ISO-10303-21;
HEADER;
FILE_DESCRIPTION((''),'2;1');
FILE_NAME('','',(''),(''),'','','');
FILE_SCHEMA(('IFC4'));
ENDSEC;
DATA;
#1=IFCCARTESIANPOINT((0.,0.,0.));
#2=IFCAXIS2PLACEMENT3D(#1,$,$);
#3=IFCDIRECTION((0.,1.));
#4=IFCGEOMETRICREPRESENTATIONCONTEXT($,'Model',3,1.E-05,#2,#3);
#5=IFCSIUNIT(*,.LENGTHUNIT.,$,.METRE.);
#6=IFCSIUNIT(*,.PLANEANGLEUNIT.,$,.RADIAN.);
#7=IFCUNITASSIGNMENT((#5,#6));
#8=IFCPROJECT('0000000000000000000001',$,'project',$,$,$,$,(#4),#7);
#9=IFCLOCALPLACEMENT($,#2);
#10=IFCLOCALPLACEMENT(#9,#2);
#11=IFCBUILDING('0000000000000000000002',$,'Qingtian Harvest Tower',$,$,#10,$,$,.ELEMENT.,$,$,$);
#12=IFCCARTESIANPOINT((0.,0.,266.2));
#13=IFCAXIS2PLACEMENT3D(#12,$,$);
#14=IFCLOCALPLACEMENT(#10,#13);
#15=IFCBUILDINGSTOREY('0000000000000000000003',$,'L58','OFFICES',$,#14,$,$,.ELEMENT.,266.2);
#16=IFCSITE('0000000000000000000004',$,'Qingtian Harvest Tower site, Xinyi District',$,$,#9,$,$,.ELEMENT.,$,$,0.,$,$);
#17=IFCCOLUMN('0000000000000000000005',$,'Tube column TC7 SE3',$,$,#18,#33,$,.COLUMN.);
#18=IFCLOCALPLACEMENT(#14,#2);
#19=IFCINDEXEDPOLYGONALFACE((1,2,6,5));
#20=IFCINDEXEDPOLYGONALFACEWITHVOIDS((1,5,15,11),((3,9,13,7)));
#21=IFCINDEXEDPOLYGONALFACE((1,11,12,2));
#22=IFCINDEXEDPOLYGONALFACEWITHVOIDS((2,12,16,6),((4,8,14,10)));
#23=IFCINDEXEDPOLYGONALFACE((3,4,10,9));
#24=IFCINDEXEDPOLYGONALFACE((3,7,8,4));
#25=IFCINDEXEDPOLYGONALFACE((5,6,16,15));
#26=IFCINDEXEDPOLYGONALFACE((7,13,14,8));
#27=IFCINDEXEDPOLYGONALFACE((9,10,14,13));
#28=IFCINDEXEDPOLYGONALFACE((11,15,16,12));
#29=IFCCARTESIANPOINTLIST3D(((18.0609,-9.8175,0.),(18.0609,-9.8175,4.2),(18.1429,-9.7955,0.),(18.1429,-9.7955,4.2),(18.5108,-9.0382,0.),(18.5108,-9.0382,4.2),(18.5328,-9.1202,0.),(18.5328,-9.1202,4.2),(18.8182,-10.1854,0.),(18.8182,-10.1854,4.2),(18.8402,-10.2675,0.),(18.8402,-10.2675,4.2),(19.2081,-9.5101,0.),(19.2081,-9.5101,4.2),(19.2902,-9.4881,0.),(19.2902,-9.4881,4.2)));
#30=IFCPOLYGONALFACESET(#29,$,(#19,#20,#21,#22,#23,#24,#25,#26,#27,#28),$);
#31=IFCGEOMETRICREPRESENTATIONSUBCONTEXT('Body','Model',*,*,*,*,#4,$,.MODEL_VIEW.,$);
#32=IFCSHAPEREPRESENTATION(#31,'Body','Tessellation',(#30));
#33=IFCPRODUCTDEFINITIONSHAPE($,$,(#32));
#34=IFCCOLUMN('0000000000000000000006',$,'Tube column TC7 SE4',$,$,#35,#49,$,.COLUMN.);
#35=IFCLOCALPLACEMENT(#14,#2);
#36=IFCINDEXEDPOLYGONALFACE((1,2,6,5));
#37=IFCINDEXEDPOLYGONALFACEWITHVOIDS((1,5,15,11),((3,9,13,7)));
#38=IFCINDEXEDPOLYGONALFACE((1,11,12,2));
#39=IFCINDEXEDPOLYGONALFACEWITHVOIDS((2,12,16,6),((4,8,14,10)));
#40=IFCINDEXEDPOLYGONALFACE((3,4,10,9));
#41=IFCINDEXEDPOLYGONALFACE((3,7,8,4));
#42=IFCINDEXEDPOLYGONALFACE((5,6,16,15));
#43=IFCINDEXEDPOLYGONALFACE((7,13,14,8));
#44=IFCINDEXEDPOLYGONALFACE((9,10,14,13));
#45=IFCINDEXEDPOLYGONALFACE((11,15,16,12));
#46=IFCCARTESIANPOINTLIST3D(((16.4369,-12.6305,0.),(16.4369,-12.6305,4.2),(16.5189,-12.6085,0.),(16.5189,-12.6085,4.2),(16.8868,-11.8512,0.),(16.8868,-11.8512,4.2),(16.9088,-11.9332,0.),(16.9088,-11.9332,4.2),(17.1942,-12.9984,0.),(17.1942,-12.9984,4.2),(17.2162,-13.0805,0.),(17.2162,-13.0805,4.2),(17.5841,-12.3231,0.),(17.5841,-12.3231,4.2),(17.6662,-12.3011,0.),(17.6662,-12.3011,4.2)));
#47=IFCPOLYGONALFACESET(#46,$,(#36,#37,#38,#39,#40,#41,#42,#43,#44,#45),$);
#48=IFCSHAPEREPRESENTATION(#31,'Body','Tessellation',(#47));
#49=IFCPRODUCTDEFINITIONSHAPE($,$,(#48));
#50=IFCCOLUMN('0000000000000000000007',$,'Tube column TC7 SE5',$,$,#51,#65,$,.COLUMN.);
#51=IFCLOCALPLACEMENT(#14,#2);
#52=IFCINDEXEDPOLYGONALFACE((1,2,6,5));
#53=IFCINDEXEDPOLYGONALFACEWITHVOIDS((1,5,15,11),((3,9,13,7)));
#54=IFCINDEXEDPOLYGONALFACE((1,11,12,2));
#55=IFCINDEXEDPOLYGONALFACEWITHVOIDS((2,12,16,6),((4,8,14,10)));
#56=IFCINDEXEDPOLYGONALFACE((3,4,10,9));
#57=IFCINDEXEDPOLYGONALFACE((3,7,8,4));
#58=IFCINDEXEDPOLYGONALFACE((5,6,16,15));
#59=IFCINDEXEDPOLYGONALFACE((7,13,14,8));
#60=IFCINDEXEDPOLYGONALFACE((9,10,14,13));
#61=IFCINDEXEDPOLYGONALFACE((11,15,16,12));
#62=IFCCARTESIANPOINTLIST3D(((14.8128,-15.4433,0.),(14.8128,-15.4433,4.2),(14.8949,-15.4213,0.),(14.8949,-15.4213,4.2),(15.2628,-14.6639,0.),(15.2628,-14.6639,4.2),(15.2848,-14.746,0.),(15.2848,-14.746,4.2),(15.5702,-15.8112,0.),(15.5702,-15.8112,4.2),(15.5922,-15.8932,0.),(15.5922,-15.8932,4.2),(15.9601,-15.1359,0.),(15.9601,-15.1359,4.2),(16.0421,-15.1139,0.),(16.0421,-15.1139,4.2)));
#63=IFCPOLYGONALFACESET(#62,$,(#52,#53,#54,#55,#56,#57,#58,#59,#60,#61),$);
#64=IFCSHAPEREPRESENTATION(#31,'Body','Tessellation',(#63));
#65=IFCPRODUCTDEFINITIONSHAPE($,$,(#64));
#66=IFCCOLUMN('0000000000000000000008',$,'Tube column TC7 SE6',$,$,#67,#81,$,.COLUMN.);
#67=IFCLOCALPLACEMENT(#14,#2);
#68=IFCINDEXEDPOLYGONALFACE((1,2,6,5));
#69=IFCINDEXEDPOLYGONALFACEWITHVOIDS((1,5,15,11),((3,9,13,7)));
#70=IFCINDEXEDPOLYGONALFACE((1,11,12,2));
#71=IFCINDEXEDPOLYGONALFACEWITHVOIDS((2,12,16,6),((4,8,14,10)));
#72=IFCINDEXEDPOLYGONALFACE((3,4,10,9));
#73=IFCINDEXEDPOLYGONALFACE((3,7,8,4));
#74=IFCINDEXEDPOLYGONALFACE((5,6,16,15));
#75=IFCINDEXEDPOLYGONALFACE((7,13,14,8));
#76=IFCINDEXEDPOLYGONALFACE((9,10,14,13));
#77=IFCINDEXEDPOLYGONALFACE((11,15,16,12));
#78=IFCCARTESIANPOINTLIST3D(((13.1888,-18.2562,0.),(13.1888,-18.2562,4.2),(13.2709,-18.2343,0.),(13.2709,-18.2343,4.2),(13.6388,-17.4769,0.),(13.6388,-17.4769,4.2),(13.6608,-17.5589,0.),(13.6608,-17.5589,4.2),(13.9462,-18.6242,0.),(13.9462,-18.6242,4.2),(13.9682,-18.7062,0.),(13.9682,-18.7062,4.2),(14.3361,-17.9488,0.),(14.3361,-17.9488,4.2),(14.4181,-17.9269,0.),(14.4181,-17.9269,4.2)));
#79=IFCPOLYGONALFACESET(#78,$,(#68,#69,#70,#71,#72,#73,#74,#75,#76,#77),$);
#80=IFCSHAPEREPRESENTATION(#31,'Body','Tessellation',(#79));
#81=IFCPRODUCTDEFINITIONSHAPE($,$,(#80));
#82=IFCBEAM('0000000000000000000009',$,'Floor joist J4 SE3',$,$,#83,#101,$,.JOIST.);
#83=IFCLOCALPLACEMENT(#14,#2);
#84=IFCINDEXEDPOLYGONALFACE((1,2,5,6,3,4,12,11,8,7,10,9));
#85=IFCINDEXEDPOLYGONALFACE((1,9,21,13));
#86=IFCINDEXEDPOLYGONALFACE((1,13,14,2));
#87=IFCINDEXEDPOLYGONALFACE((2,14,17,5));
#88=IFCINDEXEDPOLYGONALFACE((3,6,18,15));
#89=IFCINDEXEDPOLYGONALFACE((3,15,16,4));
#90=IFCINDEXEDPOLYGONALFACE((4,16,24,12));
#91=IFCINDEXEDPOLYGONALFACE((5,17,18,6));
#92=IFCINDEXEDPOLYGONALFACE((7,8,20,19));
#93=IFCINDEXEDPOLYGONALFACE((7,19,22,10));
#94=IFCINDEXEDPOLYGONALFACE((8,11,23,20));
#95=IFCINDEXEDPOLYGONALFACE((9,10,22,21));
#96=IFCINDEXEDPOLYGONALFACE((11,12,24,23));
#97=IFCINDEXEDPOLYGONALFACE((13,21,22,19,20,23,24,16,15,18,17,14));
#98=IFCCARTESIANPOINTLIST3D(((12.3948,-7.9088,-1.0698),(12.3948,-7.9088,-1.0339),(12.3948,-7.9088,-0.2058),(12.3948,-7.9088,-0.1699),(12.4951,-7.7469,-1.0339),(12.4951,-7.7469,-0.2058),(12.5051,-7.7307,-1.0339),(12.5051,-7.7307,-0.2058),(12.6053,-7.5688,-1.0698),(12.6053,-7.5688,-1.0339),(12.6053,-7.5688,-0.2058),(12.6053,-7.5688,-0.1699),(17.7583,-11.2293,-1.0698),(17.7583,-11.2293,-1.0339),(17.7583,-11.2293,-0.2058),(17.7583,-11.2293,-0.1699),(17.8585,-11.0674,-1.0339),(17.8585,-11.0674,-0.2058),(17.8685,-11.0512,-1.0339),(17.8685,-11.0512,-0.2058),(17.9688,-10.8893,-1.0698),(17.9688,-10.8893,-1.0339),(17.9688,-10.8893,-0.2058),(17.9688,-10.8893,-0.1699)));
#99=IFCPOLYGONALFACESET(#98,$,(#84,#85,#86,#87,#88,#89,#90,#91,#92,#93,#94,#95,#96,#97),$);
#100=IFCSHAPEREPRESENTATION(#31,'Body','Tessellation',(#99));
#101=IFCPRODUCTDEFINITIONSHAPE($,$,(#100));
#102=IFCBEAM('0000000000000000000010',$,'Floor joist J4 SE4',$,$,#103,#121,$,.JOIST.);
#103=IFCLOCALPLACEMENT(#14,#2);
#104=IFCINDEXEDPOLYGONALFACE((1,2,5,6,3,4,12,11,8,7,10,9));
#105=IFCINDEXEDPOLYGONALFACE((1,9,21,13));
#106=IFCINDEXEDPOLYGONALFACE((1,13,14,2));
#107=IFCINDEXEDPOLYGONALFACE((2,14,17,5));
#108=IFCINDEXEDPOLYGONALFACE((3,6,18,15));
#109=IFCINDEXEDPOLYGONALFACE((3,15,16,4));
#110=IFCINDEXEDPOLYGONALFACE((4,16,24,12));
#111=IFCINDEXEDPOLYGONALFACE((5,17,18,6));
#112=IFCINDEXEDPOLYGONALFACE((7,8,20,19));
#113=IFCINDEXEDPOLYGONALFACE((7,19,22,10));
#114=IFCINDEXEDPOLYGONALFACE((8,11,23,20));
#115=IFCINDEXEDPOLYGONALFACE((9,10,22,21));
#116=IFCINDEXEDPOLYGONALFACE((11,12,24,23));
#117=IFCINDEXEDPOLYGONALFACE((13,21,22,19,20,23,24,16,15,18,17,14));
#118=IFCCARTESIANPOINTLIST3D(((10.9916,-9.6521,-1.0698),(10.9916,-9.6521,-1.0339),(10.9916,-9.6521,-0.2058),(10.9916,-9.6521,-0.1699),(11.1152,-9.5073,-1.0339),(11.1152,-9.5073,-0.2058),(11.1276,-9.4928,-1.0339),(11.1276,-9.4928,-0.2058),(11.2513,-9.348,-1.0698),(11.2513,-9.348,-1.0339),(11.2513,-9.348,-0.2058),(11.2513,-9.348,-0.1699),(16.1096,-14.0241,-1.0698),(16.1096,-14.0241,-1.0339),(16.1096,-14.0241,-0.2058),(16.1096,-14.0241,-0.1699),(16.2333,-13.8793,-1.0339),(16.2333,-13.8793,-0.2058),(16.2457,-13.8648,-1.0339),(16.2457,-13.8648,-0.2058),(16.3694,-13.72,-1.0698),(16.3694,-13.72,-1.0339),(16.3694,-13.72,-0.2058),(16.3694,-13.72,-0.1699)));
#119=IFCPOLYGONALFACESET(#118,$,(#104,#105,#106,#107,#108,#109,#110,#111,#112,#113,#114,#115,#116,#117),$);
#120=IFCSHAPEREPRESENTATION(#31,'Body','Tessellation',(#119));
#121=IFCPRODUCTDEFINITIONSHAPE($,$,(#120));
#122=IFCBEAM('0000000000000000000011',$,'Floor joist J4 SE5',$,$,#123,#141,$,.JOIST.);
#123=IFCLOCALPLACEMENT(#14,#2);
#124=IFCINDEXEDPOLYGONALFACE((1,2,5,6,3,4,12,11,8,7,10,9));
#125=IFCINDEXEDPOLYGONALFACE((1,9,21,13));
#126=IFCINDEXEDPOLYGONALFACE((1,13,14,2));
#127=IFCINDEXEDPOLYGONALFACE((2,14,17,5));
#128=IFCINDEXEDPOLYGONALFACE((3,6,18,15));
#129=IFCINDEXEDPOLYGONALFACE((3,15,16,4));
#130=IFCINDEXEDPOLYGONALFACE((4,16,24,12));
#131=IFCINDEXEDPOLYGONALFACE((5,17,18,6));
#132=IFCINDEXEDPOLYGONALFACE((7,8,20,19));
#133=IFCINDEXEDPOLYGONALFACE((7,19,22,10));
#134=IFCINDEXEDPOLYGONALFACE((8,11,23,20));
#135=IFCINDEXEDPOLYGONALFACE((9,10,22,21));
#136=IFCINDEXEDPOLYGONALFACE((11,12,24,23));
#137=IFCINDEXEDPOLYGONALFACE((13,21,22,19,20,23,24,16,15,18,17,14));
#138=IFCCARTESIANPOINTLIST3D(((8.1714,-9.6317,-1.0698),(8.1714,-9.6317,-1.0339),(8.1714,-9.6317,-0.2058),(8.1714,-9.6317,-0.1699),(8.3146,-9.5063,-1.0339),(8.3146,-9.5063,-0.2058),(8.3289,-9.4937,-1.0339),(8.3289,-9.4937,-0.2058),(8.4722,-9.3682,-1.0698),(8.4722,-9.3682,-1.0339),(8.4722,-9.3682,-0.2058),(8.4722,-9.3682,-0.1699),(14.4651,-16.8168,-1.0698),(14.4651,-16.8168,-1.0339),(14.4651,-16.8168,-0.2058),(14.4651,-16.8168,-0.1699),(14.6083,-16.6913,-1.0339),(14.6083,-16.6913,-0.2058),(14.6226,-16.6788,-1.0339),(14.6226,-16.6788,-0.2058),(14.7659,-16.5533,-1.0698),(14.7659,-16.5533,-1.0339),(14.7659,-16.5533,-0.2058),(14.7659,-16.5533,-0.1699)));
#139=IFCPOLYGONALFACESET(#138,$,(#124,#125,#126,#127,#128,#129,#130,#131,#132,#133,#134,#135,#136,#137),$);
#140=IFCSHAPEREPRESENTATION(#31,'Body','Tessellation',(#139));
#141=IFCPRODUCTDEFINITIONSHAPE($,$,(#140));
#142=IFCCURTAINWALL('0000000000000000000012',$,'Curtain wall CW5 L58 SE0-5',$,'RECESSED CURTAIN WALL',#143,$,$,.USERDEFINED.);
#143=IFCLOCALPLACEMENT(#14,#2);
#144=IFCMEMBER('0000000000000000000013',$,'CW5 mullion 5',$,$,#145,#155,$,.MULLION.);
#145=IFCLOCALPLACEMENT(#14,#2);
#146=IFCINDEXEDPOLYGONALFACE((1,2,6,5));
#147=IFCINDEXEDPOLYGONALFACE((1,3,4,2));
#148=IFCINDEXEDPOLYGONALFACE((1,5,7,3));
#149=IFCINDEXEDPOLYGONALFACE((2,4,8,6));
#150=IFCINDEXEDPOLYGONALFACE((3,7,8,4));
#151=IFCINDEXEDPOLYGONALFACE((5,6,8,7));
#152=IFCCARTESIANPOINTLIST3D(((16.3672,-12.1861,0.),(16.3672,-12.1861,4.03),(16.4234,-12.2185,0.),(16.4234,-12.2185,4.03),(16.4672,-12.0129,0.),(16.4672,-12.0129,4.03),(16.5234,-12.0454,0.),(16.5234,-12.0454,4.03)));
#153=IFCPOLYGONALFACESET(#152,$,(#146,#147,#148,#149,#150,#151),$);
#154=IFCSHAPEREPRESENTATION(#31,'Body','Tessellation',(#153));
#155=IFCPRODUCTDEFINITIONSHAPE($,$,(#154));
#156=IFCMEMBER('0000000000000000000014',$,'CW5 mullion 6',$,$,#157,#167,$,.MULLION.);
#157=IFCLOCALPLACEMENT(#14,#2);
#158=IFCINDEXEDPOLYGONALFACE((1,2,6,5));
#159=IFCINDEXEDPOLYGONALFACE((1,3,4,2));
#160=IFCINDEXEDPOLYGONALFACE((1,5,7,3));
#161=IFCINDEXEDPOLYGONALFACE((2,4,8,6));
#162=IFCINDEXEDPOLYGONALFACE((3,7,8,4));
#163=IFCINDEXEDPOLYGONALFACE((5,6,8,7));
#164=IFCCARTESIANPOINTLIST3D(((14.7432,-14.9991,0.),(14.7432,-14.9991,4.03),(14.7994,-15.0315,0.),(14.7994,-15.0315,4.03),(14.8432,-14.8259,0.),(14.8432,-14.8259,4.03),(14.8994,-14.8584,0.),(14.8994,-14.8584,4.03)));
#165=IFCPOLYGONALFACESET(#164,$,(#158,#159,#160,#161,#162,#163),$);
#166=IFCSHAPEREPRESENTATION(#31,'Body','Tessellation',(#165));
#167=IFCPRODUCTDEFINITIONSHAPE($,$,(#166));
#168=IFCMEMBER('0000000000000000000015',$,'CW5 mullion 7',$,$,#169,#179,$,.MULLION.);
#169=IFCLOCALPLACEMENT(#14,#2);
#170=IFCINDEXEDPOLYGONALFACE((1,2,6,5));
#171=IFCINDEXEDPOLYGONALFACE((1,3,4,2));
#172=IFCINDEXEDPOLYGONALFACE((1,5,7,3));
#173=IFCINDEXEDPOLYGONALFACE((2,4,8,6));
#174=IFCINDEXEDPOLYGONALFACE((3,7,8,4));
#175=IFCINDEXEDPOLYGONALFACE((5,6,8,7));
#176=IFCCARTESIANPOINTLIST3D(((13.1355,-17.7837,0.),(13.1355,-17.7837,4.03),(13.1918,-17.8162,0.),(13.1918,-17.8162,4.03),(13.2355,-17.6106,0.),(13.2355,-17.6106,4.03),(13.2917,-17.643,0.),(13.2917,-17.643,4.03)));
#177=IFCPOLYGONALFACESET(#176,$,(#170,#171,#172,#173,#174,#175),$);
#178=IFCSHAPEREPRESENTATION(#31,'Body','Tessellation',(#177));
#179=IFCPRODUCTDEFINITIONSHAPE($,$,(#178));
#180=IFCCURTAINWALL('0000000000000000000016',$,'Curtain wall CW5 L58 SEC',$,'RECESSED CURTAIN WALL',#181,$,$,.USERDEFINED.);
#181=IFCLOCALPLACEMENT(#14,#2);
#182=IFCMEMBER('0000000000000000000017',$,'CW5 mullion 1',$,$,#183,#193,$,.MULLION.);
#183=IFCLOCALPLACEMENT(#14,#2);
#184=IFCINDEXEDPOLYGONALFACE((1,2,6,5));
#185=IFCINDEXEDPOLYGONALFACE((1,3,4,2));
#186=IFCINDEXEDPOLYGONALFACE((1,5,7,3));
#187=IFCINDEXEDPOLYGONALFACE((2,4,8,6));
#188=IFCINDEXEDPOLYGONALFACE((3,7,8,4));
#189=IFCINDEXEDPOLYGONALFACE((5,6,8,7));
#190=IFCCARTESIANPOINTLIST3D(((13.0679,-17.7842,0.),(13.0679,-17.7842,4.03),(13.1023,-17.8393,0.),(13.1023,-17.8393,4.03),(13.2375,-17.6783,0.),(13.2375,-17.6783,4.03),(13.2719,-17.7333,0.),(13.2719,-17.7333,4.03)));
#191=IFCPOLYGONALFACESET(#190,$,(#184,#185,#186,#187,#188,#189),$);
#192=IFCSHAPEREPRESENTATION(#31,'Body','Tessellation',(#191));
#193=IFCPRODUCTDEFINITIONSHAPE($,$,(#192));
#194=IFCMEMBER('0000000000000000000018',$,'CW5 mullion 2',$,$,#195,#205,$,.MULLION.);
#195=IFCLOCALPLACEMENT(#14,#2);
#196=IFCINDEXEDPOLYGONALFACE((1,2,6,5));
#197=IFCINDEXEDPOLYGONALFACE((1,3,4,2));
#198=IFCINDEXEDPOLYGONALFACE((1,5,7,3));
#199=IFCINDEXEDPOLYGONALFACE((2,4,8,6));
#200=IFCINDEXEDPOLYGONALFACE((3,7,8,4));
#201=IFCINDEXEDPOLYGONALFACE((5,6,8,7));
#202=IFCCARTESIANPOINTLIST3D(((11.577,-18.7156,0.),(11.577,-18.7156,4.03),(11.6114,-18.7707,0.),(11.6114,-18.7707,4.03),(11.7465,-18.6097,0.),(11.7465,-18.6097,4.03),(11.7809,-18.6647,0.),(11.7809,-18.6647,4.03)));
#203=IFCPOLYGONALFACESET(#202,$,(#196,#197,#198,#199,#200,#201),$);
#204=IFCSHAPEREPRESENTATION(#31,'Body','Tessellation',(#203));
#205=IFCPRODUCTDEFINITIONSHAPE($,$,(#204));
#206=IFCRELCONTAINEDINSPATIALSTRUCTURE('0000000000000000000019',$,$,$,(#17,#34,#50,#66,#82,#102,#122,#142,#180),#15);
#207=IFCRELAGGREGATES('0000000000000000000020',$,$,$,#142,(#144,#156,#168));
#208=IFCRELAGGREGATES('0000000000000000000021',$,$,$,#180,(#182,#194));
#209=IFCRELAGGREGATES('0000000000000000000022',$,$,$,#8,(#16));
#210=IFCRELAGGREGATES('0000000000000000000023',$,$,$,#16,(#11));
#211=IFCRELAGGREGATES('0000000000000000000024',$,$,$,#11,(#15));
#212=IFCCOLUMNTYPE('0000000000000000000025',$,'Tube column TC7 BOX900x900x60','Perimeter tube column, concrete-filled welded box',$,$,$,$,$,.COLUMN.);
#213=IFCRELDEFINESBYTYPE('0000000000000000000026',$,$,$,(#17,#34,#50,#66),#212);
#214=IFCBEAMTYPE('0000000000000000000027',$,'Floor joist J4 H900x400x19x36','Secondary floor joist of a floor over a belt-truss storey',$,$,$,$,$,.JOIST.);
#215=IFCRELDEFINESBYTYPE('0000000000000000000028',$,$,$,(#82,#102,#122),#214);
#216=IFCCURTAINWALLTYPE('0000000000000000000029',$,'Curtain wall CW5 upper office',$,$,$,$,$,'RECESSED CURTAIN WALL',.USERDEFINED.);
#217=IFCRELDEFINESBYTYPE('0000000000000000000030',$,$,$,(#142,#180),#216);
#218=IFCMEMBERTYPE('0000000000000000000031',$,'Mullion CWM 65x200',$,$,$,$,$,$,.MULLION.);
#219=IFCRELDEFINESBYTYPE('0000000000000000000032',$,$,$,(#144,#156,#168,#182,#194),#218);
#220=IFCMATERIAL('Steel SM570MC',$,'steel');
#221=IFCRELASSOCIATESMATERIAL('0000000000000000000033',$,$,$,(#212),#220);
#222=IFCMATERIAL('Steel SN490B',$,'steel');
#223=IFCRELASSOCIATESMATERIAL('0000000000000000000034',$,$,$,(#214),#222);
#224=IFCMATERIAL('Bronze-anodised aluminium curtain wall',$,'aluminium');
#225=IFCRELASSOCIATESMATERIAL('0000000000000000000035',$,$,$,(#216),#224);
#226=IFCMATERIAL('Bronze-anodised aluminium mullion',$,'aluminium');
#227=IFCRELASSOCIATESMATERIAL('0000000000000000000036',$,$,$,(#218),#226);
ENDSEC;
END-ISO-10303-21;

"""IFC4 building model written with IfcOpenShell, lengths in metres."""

from ifc_helpers import new_model, si_unit, direction, frame, origin, origin_2d, place, context, subcontext, project, spatial, rectangle, hollow_rectangle, i_section, extrude, material, material_profile, profile_set, type_object, element, aggregate, save


model = new_model("IFC4")

# Units and contexts
model_context = context("Model", 3, precision=1e-05, world=origin(), true_north=direction((0.0, 1.0)))
body_context = subcontext(model_context, "Body", "Model", "MODEL_VIEW")
ifc_project = project(units=[si_unit("LENGTHUNIT", "METRE"), si_unit("PLANEANGLEUNIT", "RADIAN")], contexts=[model_context])

# Site, building, storey
site_placement = place(None, origin())
site = spatial("IfcSite", under=ifc_project, at=site_placement, Name="Qingtian Harvest Tower site, Xinyi District", CompositionType="ELEMENT", RefElevation=0.0)
building_placement = place(site_placement, origin())
building = spatial("IfcBuilding", under=site, at=building_placement, Name="Qingtian Harvest Tower", CompositionType="ELEMENT")
storey_placement = place(building_placement, frame((0.0, 0.0, 266.2)))
storey = spatial("IfcBuildingStorey", under=building, at=storey_placement, Name="L58", Description="OFFICES", CompositionType="ELEMENT", Elevation=266.2)

# Columns
ifc_material_1 = material(Name="Steel SM570MC", Category="steel")
ifc_material_profile_1 = material_profile(ifc_material_1, hollow_rectangle(XDim=0.8999, YDim=0.8999, WallThickness=0.0601, at=origin_2d()), Name="BOX900x900x60")
ifc_profile_set_1 = profile_set([ifc_material_profile_1], Name="Steel SM570MC")
column_type = type_object("IfcColumnType", Name="Tube column TC7 BOX900x900x60", Description="Perimeter tube column, concrete-filled welded box", PredefinedType="COLUMN", material=ifc_profile_set_1)
for number, where, z_axis, x_axis, name in (
    (1, (18.6755, -9.6528, 0.0), (0.0, 0.0, 1.0), (0.5, 0.866025, 0.0), "Tube column TC7 SE3"),
    (2, (17.0515, -12.4658, 0.0), (0.0, 0.0, 1.0), (0.5, 0.866025, 0.0), "Tube column TC7 SE4"),
    (3, (15.4275, -15.2786, 0.0), (0.0, 0.0, 1.0), (0.5, 0.866025, 0.0), "Tube column TC7 SE5"),
    (4, (13.8035, -18.0916, 0.0), (0.0, 0.0, 1.0), (0.5, 0.866025, 0.0), "Tube column TC7 SE6"),
):
    element("IfcColumn", number, at=place(storey_placement, frame(where, z_axis=z_axis, x_axis=x_axis)), inside=storey, type_object=column_type, Name=name, PredefinedType="COLUMN", context=body_context, shape_type="SweptSolid", body=[
        extrude(hollow_rectangle(XDim=0.8999, YDim=0.8999, WallThickness=0.0601, at=origin_2d()), origin(), (0.0, 0.0, 1.0), 4.2),
    ])

# Beams
ifc_material_2 = material(Name="Steel SN490B", Category="steel")
ifc_material_profile_2 = material_profile(ifc_material_2, i_section(OverallWidth=0.3999, OverallDepth=0.8999, WebThickness=0.019, FlangeThickness=0.0359, at=origin_2d()), Name="H900x400x19x36")
ifc_profile_set_2 = profile_set([ifc_material_profile_2], Name="Steel SN490B")
beam_type_1 = type_object("IfcBeamType", Name="Floor joist J4 H900x400x19x36", Description="Secondary floor joist of a floor over a belt-truss storey", PredefinedType="JOIST", material=ifc_profile_set_2)
beam_1_placement = place(storey_placement, frame((17.8635, -11.0593, -0.6199), z_axis=(-0.850245, 0.526387, 0.0), x_axis=(-0.526387, -0.850245, 0.0)))
element("IfcBeam", 5, at=beam_1_placement, inside=storey, type_object=beam_type_1, Name="Floor joist J4 SE3", PredefinedType="JOIST", context=body_context, shape_type="SweptSolid", body=[
    extrude(i_section(OverallWidth=0.3999, OverallDepth=0.8999, WebThickness=0.019, FlangeThickness=0.0359, at=origin_2d()), origin(), (0.0, 0.0, 1.0), 6.3081),
])
beam_2_placement = place(storey_placement, frame((16.2395, -13.8721, -0.6199), z_axis=(-0.760351, 0.649512, 0.0), x_axis=(-0.649512, -0.760351, 0.0)))
element("IfcBeam", 6, at=beam_2_placement, inside=storey, type_object=beam_type_1, Name="Floor joist J4 SE4", PredefinedType="JOIST", context=body_context, shape_type="SweptSolid", body=[
    extrude(i_section(OverallWidth=0.3999, OverallDepth=0.8999, WebThickness=0.019, FlangeThickness=0.0359, at=origin_2d()), origin(), (0.0, 0.0, 1.0), 6.7312),
])
beam_3_placement = place(storey_placement, frame((14.6155, -16.6851, -0.6199), z_axis=(-0.658906, 0.752225, 0.0), x_axis=(-0.752225, -0.658906, 0.0)))
element("IfcBeam", 7, at=beam_3_placement, inside=storey, type_object=beam_type_1, Name="Floor joist J4 SE5", PredefinedType="JOIST", context=body_context, shape_type="SweptSolid", body=[
    extrude(i_section(OverallWidth=0.3999, OverallDepth=0.8999, WebThickness=0.019, FlangeThickness=0.0359, at=origin_2d()), origin(), (0.0, 0.0, 1.0), 9.5518),
])

# Curtain walls, members
ifc_material_3 = material(Name="Bronze-anodised aluminium curtain wall", Category="aluminium")
curtain_wall_type = type_object("IfcCurtainWallType", Name="Curtain wall CW5 upper office", ElementType="RECESSED CURTAIN WALL", PredefinedType="USERDEFINED", material=ifc_material_3)
curtain_wall_1_placement = place(storey_placement, origin())
curtain_wall_1 = element("IfcCurtainWall", 8, at=curtain_wall_1_placement, inside=storey, type_object=curtain_wall_type, Name="Curtain wall CW5 L58 SE0-5", ObjectType="RECESSED CURTAIN WALL", PredefinedType="USERDEFINED")
ifc_material_4 = material(Name="Bronze-anodised aluminium mullion", Category="aluminium")
ifc_material_profile_3 = material_profile(ifc_material_4, rectangle(XDim=0.0649, YDim=0.2, at=origin_2d()), Name="AL 65x200")
ifc_profile_set_3 = profile_set([ifc_material_profile_3], Name="Bronze-anodised aluminium mullion")
member_type_1 = type_object("IfcMemberType", Name="Mullion CWM 65x200", PredefinedType="MULLION", material=ifc_profile_set_3)
member_1_placement = place(storey_placement, frame((16.4453, -12.1157, 0.0), z_axis=(0.0, 0.0, 1.0), x_axis=(0.866025, -0.5, 0.0)))
member_1 = element("IfcMember", 9, at=member_1_placement, type_object=member_type_1, Name="CW5 mullion 5", PredefinedType="MULLION", context=body_context, shape_type="SweptSolid", body=[
    extrude(rectangle(XDim=0.0649, YDim=0.2, at=origin_2d()), origin(), (0.0, 0.0, 1.0), 4.03),
])
member_2_placement = place(storey_placement, frame((14.8213, -14.9287, 0.0), z_axis=(0.0, 0.0, 1.0), x_axis=(0.866025, -0.5, 0.0)))
member_2 = element("IfcMember", 10, at=member_2_placement, type_object=member_type_1, Name="CW5 mullion 6", PredefinedType="MULLION", context=body_context, shape_type="SweptSolid", body=[
    extrude(rectangle(XDim=0.0649, YDim=0.2, at=origin_2d()), origin(), (0.0, 0.0, 1.0), 4.03),
])
member_3_placement = place(storey_placement, frame((13.2136, -17.7134, 0.0), z_axis=(0.0, 0.0, 1.0), x_axis=(0.866025, -0.5, 0.0)))
member_3 = element("IfcMember", 11, at=member_3_placement, type_object=member_type_1, Name="CW5 mullion 7", PredefinedType="MULLION", context=body_context, shape_type="SweptSolid", body=[
    extrude(rectangle(XDim=0.0649, YDim=0.2, at=origin_2d()), origin(), (0.0, 0.0, 1.0), 4.03),
])
curtain_wall_2_placement = place(storey_placement, origin())
curtain_wall_2 = element("IfcCurtainWall", 12, at=curtain_wall_2_placement, inside=storey, type_object=curtain_wall_type, Name="Curtain wall CW5 L58 SEC", ObjectType="RECESSED CURTAIN WALL", PredefinedType="USERDEFINED")
member_4_placement = place(storey_placement, frame((13.1699, -17.7588, 0.0), z_axis=(0.0, 0.0, 1.0), x_axis=(0.529919, -0.848048, 0.0)))
member_4 = element("IfcMember", 13, at=member_4_placement, type_object=member_type_1, Name="CW5 mullion 1", PredefinedType="MULLION", context=body_context, shape_type="SweptSolid", body=[
    extrude(rectangle(XDim=0.0649, YDim=0.2, at=origin_2d()), origin(), (0.0, 0.0, 1.0), 4.03),
])
member_5_placement = place(storey_placement, frame((11.679, -18.6902, 0.0), z_axis=(0.0, 0.0, 1.0), x_axis=(0.529919, -0.848048, 0.0)))
member_5 = element("IfcMember", 14, at=member_5_placement, type_object=member_type_1, Name="CW5 mullion 2", PredefinedType="MULLION", context=body_context, shape_type="SweptSolid", body=[
    extrude(rectangle(XDim=0.0649, YDim=0.2, at=origin_2d()), origin(), (0.0, 0.0, 1.0), 4.03),
])

aggregate(curtain_wall_1, [member_1, member_2, member_3])
aggregate(curtain_wall_2, [member_4, member_5])

save(model, "model.ifc")
